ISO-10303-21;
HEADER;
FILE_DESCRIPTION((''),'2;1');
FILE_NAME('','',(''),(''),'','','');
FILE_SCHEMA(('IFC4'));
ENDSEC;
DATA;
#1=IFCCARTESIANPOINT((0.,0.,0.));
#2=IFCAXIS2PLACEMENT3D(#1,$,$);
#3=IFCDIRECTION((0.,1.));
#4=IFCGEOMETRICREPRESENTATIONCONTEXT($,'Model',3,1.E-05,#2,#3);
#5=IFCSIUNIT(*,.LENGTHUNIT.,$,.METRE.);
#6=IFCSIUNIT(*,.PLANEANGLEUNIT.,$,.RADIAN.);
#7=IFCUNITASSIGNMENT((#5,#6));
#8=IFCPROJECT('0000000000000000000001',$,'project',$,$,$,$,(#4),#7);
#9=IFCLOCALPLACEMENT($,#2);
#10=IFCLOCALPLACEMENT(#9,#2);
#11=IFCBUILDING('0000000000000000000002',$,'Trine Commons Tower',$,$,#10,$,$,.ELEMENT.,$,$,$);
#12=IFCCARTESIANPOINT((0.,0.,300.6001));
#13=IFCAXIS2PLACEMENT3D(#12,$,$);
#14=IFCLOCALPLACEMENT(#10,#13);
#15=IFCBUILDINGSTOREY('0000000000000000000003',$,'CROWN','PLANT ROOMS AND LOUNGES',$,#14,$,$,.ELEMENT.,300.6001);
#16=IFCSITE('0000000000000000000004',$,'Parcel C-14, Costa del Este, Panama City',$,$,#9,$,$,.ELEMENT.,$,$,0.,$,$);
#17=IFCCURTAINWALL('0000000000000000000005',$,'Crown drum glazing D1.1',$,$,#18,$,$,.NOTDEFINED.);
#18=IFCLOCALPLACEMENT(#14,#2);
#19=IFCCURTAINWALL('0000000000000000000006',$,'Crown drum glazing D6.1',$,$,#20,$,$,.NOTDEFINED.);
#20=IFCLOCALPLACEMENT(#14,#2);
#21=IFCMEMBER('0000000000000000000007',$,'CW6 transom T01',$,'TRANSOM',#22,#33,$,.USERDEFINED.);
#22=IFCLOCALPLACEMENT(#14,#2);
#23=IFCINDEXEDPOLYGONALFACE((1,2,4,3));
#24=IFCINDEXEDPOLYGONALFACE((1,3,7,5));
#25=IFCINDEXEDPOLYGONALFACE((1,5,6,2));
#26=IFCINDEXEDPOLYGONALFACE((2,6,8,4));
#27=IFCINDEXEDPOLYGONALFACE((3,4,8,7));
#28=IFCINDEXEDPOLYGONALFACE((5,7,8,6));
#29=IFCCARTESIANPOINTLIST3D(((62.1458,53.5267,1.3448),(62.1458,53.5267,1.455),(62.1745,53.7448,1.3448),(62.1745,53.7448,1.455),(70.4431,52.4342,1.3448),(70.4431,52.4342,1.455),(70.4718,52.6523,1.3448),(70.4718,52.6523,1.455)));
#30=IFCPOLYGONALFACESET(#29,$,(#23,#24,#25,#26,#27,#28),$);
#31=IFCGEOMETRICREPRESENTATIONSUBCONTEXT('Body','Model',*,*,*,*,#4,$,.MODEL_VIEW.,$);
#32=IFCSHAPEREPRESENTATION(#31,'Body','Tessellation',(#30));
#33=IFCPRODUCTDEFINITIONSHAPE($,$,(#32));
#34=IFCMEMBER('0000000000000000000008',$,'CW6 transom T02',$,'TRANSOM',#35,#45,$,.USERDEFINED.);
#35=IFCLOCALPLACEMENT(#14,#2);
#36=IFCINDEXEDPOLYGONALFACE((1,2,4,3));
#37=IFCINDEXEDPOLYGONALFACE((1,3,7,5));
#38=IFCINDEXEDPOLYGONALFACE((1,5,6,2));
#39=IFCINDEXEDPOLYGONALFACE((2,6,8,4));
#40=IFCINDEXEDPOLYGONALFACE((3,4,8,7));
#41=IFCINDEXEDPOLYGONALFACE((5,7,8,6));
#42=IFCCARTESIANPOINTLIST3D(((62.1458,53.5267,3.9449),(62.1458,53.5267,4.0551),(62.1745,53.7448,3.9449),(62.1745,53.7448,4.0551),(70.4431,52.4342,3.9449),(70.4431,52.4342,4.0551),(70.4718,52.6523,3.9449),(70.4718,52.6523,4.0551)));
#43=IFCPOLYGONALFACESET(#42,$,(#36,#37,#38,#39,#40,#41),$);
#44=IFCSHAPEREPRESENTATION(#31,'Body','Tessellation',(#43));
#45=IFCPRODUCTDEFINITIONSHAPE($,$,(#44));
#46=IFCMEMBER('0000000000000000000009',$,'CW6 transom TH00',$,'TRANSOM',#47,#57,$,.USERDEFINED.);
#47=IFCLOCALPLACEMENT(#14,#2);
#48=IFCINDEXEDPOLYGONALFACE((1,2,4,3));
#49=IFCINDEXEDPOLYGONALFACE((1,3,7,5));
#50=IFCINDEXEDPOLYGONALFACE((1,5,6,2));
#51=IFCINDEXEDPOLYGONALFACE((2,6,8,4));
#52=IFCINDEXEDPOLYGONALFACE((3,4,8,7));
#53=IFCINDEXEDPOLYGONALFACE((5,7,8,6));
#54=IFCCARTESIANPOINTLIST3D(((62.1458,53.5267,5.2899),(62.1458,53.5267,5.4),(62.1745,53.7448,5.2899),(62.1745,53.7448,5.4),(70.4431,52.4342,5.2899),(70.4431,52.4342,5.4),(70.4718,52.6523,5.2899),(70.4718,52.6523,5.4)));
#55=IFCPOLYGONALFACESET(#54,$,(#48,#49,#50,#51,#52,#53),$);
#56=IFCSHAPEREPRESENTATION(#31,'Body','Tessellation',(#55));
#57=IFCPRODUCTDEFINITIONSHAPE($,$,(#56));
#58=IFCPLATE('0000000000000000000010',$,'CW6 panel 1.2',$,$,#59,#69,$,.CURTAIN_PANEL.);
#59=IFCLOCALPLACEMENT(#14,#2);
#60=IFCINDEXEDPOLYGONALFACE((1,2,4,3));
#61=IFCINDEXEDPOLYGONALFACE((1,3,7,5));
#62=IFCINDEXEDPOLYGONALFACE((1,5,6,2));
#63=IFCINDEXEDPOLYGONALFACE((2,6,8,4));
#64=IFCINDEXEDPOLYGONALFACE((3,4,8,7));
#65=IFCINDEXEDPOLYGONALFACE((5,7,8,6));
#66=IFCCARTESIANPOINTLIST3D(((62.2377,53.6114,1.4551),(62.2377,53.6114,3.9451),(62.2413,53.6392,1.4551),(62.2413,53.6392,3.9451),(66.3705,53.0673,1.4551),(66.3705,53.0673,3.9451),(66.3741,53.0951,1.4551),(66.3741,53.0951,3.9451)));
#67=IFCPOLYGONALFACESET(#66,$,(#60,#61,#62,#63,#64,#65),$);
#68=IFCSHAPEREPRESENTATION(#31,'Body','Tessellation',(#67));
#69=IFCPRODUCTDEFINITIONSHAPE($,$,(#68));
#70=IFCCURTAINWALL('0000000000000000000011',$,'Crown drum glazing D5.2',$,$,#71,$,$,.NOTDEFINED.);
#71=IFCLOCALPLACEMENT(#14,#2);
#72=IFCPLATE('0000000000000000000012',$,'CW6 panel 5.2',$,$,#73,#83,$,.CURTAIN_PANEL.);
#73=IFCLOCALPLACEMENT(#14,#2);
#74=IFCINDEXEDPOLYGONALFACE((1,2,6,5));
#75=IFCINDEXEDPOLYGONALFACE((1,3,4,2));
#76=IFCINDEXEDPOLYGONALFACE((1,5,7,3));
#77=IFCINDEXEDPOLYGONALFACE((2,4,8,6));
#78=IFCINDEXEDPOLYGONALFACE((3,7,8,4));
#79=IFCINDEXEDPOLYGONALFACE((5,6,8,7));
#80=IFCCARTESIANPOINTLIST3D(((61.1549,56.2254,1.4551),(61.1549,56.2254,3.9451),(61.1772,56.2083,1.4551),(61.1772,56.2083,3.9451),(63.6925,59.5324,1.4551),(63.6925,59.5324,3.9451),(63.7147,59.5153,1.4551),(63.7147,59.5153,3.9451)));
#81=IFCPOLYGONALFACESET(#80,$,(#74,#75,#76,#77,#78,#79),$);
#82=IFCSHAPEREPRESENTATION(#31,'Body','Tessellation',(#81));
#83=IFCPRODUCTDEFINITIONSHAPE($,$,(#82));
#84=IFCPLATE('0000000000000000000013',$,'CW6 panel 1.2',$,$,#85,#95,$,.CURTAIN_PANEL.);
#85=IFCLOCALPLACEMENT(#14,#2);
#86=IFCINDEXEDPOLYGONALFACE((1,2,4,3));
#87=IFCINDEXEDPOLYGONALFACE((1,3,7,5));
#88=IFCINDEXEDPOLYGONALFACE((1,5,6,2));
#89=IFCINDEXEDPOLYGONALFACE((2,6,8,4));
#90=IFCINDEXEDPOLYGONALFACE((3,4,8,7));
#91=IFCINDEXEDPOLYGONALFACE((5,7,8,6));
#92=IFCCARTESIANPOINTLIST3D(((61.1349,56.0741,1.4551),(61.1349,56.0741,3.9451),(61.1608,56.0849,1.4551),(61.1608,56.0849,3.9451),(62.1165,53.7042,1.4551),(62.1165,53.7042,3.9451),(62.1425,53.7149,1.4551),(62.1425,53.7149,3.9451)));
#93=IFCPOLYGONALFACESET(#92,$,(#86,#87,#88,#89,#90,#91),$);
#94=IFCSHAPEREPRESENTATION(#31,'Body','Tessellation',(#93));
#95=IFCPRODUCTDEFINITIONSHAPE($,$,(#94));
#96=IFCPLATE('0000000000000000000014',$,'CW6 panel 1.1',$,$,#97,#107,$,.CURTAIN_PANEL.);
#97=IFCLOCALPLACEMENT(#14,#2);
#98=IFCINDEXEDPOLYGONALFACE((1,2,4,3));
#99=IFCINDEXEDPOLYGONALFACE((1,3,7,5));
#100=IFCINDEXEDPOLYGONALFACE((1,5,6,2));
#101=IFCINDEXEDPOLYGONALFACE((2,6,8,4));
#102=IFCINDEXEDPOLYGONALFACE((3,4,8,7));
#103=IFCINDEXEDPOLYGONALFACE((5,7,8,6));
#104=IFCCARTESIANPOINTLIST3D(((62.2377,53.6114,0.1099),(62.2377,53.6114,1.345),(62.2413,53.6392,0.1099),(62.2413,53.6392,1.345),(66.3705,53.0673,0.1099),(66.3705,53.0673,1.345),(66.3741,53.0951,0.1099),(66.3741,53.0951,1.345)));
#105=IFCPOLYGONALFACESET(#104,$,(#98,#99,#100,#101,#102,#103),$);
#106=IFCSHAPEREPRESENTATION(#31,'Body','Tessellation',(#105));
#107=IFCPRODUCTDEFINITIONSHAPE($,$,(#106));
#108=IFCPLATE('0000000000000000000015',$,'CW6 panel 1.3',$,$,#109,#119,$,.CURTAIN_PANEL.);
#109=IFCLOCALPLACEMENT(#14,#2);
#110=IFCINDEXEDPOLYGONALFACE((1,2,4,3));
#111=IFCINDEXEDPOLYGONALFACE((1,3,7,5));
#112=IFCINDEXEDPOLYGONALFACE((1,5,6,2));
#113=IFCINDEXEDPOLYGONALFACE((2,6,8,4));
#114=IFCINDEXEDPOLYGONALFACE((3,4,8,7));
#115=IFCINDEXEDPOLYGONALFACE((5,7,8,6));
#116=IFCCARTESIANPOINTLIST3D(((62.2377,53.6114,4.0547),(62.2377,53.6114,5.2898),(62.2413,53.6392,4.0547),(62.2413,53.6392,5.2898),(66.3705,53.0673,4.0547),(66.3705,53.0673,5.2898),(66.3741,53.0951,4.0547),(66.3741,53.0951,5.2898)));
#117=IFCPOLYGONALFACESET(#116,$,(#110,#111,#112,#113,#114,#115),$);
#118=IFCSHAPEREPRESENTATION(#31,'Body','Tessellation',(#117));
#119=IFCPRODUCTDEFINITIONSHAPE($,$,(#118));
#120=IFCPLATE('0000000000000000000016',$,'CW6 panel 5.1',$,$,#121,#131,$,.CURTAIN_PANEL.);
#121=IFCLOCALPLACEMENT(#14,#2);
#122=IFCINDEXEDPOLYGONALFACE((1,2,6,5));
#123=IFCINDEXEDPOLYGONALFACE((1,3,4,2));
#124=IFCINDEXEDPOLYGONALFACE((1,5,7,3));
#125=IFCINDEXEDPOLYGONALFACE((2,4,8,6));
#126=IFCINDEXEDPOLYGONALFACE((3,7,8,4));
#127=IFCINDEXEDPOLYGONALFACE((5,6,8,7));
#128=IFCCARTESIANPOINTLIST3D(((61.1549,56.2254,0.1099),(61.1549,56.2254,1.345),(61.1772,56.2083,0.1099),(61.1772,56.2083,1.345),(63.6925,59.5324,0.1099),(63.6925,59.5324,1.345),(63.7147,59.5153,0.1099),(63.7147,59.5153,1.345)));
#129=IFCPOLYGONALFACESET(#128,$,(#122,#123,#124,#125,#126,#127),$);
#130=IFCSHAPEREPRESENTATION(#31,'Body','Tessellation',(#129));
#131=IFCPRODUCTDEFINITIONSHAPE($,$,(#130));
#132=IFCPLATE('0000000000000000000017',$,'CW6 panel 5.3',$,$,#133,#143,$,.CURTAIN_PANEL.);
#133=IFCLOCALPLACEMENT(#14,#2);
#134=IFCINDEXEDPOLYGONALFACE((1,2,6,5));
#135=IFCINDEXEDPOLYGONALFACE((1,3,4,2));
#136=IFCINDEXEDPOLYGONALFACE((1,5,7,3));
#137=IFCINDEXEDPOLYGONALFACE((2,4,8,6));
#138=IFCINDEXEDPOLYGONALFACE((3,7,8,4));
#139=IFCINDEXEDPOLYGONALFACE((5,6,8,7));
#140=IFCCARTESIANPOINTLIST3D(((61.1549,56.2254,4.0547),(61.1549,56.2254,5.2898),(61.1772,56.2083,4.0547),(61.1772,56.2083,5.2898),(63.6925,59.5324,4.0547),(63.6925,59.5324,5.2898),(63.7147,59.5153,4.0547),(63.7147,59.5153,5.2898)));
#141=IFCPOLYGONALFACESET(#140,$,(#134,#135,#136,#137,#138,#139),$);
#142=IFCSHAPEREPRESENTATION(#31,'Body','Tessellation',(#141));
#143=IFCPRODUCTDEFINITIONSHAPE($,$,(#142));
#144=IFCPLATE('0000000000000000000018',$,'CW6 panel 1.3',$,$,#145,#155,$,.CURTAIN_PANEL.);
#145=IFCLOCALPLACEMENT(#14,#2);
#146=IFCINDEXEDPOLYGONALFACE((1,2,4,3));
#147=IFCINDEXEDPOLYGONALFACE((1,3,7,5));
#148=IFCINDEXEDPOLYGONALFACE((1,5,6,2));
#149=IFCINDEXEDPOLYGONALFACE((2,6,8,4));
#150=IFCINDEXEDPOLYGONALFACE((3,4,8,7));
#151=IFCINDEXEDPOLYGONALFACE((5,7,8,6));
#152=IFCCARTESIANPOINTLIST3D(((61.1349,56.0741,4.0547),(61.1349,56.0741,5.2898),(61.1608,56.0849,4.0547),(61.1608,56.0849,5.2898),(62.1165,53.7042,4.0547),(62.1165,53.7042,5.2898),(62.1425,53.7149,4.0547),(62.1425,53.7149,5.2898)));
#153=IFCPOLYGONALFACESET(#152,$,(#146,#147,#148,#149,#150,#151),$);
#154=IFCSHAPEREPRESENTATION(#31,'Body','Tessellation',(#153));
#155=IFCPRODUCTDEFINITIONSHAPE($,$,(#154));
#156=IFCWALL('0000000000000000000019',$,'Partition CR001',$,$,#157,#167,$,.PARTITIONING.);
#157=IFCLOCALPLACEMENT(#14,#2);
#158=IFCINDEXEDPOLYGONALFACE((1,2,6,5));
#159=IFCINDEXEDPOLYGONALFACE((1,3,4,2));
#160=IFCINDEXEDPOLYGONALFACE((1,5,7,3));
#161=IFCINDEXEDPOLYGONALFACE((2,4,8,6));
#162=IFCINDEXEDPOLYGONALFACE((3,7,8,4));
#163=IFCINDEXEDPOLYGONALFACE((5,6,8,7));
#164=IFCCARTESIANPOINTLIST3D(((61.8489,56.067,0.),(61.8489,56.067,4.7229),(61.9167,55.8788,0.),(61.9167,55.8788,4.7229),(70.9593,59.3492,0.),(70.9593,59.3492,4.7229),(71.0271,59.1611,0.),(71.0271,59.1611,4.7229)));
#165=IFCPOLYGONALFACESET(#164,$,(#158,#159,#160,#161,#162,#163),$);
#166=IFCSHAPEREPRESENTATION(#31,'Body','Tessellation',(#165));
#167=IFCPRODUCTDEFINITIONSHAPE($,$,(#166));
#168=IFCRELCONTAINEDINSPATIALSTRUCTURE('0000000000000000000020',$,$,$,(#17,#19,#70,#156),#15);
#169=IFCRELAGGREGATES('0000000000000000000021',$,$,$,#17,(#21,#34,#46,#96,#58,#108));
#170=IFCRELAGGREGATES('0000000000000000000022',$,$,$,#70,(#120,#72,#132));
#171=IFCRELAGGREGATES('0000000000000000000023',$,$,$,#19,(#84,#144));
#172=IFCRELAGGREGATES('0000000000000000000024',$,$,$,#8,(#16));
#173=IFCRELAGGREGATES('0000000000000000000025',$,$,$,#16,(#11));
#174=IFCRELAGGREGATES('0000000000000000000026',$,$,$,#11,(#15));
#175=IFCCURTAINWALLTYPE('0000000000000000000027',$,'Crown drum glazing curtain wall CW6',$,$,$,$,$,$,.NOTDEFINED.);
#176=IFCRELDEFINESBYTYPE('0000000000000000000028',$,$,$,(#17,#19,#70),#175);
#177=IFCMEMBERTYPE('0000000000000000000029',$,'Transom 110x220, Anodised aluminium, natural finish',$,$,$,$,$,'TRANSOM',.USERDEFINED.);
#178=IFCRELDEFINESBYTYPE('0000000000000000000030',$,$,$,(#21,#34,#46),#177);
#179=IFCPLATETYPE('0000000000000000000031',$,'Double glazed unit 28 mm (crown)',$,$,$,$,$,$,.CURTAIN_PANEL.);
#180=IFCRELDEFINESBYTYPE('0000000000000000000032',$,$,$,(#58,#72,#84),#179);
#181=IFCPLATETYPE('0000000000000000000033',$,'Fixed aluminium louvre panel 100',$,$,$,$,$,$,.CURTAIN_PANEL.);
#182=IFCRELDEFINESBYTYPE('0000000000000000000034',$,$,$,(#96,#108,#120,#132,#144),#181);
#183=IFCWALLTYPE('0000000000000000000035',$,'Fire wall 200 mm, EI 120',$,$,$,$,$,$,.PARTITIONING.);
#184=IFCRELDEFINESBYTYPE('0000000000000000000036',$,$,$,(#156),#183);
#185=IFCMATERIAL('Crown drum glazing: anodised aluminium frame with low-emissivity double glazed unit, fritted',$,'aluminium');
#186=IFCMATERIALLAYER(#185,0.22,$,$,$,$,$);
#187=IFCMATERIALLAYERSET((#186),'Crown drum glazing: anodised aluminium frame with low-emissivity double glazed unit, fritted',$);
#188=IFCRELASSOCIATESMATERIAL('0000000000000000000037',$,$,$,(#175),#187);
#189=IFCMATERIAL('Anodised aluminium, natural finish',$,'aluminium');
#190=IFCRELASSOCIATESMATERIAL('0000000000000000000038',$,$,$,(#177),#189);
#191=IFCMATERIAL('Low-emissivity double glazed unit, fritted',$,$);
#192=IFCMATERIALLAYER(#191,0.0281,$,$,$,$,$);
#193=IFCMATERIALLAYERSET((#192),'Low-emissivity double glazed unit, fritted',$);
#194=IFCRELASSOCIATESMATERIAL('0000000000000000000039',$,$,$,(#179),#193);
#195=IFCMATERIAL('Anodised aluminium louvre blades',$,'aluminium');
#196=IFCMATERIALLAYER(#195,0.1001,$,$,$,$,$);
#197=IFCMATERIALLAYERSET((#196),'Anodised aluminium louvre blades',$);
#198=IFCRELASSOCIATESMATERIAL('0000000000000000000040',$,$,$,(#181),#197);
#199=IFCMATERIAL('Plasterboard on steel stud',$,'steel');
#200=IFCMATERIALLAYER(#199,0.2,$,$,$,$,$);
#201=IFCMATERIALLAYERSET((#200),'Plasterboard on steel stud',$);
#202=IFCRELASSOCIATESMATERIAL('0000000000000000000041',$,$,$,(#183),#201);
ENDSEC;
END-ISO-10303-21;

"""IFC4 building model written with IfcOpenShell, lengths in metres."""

from ifc_helpers import new_model, si_unit, direction, frame, frame_2d, origin, origin_2d, place, context, subcontext, project, spatial, rectangle, extrude, material, layer, layer_set, material_profile, profile_set, type_object, element, aggregate, save


model = new_model("IFC4")

# Units and contexts
model_context = context("Model", 3, precision=1e-05, world=origin(), true_north=direction((0.0, 1.0)))
body_context = subcontext(model_context, "Body", "Model", "MODEL_VIEW")
ifc_project = project(units=[si_unit("LENGTHUNIT", "METRE"), si_unit("PLANEANGLEUNIT", "RADIAN")], contexts=[model_context])

# Site, building, storey
site_placement = place(None, origin())
site = spatial("IfcSite", under=ifc_project, at=site_placement, Name="Parcel C-14, Costa del Este, Panama City", CompositionType="ELEMENT", RefElevation=0.0)
building_placement = place(site_placement, origin())
building = spatial("IfcBuilding", under=site, at=building_placement, Name="Trine Commons Tower", CompositionType="ELEMENT")
storey_placement = place(building_placement, frame((0.0, 0.0, 300.6001)))
storey = spatial("IfcBuildingStorey", under=building, at=storey_placement, Name="CROWN", Description="PLANT ROOMS AND LOUNGES", CompositionType="ELEMENT", Elevation=300.6001)

# Curtain walls
ifc_material_1 = material(Name="Crown drum glazing: anodised aluminium frame with low-emissivity double glazed unit, fritted", Category="aluminium")
ifc_layer_1 = layer(ifc_material_1, 0.22)
ifc_layer_set_1 = layer_set([ifc_layer_1], Name="Crown drum glazing: anodised aluminium frame with low-emissivity double glazed unit, fritted")
curtain_wall_type = type_object("IfcCurtainWallType", Name="Crown drum glazing curtain wall CW6", PredefinedType="NOTDEFINED", material=ifc_layer_set_1)
curtain_wall_1_placement = place(storey_placement, origin())
curtain_wall_1 = element("IfcCurtainWall", 1, at=curtain_wall_1_placement, inside=storey, type_object=curtain_wall_type, Name="Crown drum glazing D1.1", PredefinedType="NOTDEFINED")
ifc_material_2 = material(Name="Anodised aluminium, natural finish", Category="aluminium")
curtain_wall_2_placement = place(storey_placement, origin())
curtain_wall_2 = element("IfcCurtainWall", 2, at=curtain_wall_2_placement, inside=storey, type_object=curtain_wall_type, Name="Crown drum glazing D6.1", PredefinedType="NOTDEFINED")

# Members
ifc_material_profile_1 = material_profile(ifc_material_2, rectangle(XDim=0.22, YDim=0.1101, at=origin_2d()), Name="Transom 110x220")
ifc_profile_set_1 = profile_set([ifc_material_profile_1], Name="Anodised aluminium, natural finish")
member_type_1 = type_object("IfcMemberType", Name="Transom 110x220, Anodised aluminium, natural finish", ElementType="TRANSOM", PredefinedType="USERDEFINED", material=ifc_profile_set_1)
member_1_placement = place(storey_placement, frame((62.1602, 53.6357, 1.3999), z_axis=(0.991442, -0.130545, 0.0), x_axis=(0.130545, 0.991442, 0.0)))
member_1 = element("IfcMember", 3, at=member_1_placement, type_object=member_type_1, Name="CW6 transom T01", ObjectType="TRANSOM", PredefinedType="USERDEFINED", context=body_context, shape_type="SweptSolid", body=[
    extrude(rectangle(XDim=0.22, YDim=0.1101, at=origin_2d()), origin(), (0.0, 0.0, 1.0), 8.3689),
])
member_2_placement = place(storey_placement, frame((62.1602, 53.6357, 4.0), z_axis=(0.991442, -0.130545, 0.0), x_axis=(0.130545, 0.991442, 0.0)))
member_2 = element("IfcMember", 4, at=member_2_placement, type_object=member_type_1, Name="CW6 transom T02", ObjectType="TRANSOM", PredefinedType="USERDEFINED", context=body_context, shape_type="SweptSolid", body=[
    extrude(rectangle(XDim=0.22, YDim=0.1101, at=origin_2d()), origin(), (0.0, 0.0, 1.0), 8.3689),
])
member_3_placement = place(storey_placement, frame((62.1602, 53.6357, 5.345), z_axis=(0.991442, -0.130545, 0.0), x_axis=(0.130545, 0.991442, 0.0)))
member_3 = element("IfcMember", 5, at=member_3_placement, type_object=member_type_1, Name="CW6 transom TH00", ObjectType="TRANSOM", PredefinedType="USERDEFINED", context=body_context, shape_type="SweptSolid", body=[
    extrude(rectangle(XDim=0.22, YDim=0.1101, at=origin_2d()), origin(), (0.0, 0.0, 1.0), 8.3689),
])

# Plate
ifc_material_3 = material(Name="Low-emissivity double glazed unit, fritted")
ifc_layer_2 = layer(ifc_material_3, 0.0281)
ifc_layer_set_2 = layer_set([ifc_layer_2], Name="Low-emissivity double glazed unit, fritted")
plate_type_1 = type_object("IfcPlateType", Name="Double glazed unit 28 mm (crown)", PredefinedType="CURTAIN_PANEL", material=ifc_layer_set_2)
plate_1_placement = place(storey_placement, frame((64.3059, 53.3533, 1.4551), z_axis=(0.0, 0.0, 1.0), x_axis=(0.991445, -0.130526, 0.0)))
plate_1 = element("IfcPlate", 6, at=plate_1_placement, type_object=plate_type_1, Name="CW6 panel 1.2", PredefinedType="CURTAIN_PANEL", context=body_context, shape_type="SweptSolid", body=[
    extrude(rectangle(XDim=4.1685, YDim=0.0281, at=origin_2d()), origin(), (0.0, 0.0, 1.0), 2.49),
])

# Curtain wall, plate
curtain_wall_3_placement = place(storey_placement, origin())
curtain_wall_3 = element("IfcCurtainWall", 7, at=curtain_wall_3_placement, inside=storey, type_object=curtain_wall_type, Name="Crown drum glazing D5.2", PredefinedType="NOTDEFINED")
plate_2_placement = place(storey_placement, frame((62.4348, 57.8704, 1.4551), z_axis=(0.0, 0.0, 1.0), x_axis=(-0.608761, -0.793353, 0.0)))
plate_2 = element("IfcPlate", 8, at=plate_2_placement, type_object=plate_type_1, Name="CW6 panel 5.2", PredefinedType="CURTAIN_PANEL", context=body_context, shape_type="SweptSolid", body=[
    extrude(rectangle(XDim=4.1685, YDim=0.0281, at=origin_2d()), origin(), (0.0, 0.0, 1.0), 2.49),
])

# Plates
plate_3_placement = place(storey_placement, frame((61.6387, 54.8945, 1.4551), z_axis=(0.0, 0.0, 1.0), x_axis=(0.382683, -0.92388, 0.0)))
plate_3 = element("IfcPlate", 9, at=plate_3_placement, type_object=plate_type_1, Name="CW6 panel 1.2", PredefinedType="CURTAIN_PANEL", context=body_context, shape_type="SweptSolid", body=[
    extrude(rectangle(XDim=2.5652, YDim=0.0281, at=origin_2d()), origin(), (0.0, 0.0, 1.0), 2.49),
])
ifc_material_4 = material(Name="Anodised aluminium louvre blades", Category="aluminium")
ifc_layer_3 = layer(ifc_material_4, 0.1001)
ifc_layer_set_3 = layer_set([ifc_layer_3], Name="Anodised aluminium louvre blades")
plate_type_2 = type_object("IfcPlateType", Name="Fixed aluminium louvre panel 100", PredefinedType="CURTAIN_PANEL", material=ifc_layer_set_3)
plate_4_placement = place(storey_placement, frame((64.3059, 53.3533, 0.1099), z_axis=(0.0, 0.0, 1.0), x_axis=(0.991445, -0.130526, 0.0)))
plate_4 = element("IfcPlate", 10, at=plate_4_placement, type_object=plate_type_2, Name="CW6 panel 1.1", PredefinedType="CURTAIN_PANEL", context=body_context, shape_type="SweptSolid", body=[
    extrude(rectangle(XDim=4.1685, YDim=0.0281, at=origin_2d()), origin(), (0.0, 0.0, 1.0), 1.2351),
])
plate_5_placement = place(storey_placement, frame((64.3059, 53.3533, 4.0547), z_axis=(0.0, 0.0, 1.0), x_axis=(0.991445, -0.130526, 0.0)))
plate_5 = element("IfcPlate", 11, at=plate_5_placement, type_object=plate_type_2, Name="CW6 panel 1.3", PredefinedType="CURTAIN_PANEL", context=body_context, shape_type="SweptSolid", body=[
    extrude(rectangle(XDim=4.1685, YDim=0.0281, at=origin_2d()), origin(), (0.0, 0.0, 1.0), 1.2351),
])
aggregate(curtain_wall_1, [member_1, member_2, member_3, plate_4, plate_1, plate_5])
plate_6_placement = place(storey_placement, frame((62.4348, 57.8704, 0.1099), z_axis=(0.0, 0.0, 1.0), x_axis=(-0.608761, -0.793353, 0.0)))
plate_6 = element("IfcPlate", 12, at=plate_6_placement, type_object=plate_type_2, Name="CW6 panel 5.1", PredefinedType="CURTAIN_PANEL", context=body_context, shape_type="SweptSolid", body=[
    extrude(rectangle(XDim=4.1685, YDim=0.0281, at=origin_2d()), origin(), (0.0, 0.0, 1.0), 1.2351),
])
plate_7_placement = place(storey_placement, frame((62.4348, 57.8704, 4.0547), z_axis=(0.0, 0.0, 1.0), x_axis=(-0.608761, -0.793353, 0.0)))
plate_7 = element("IfcPlate", 13, at=plate_7_placement, type_object=plate_type_2, Name="CW6 panel 5.3", PredefinedType="CURTAIN_PANEL", context=body_context, shape_type="SweptSolid", body=[
    extrude(rectangle(XDim=4.1685, YDim=0.0281, at=origin_2d()), origin(), (0.0, 0.0, 1.0), 1.2351),
])
aggregate(curtain_wall_3, [plate_6, plate_2, plate_7])
plate_8_placement = place(storey_placement, frame((61.6387, 54.8945, 4.0547), z_axis=(0.0, 0.0, 1.0), x_axis=(0.382683, -0.92388, 0.0)))
plate_8 = element("IfcPlate", 14, at=plate_8_placement, type_object=plate_type_2, Name="CW6 panel 1.3", PredefinedType="CURTAIN_PANEL", context=body_context, shape_type="SweptSolid", body=[
    extrude(rectangle(XDim=2.5652, YDim=0.0281, at=origin_2d()), origin(), (0.0, 0.0, 1.0), 1.2351),
])
aggregate(curtain_wall_2, [plate_3, plate_8])

# Wall
ifc_material_5 = material(Name="Plasterboard on steel stud", Category="steel")
ifc_layer_4 = layer(ifc_material_5, 0.2)
ifc_layer_set_4 = layer_set([ifc_layer_4], Name="Plasterboard on steel stud")
wall_type_1 = type_object("IfcWallType", Name="Fire wall 200 mm, EI 120", PredefinedType="PARTITIONING", material=ifc_layer_set_4)
wall_1_placement = place(storey_placement, frame((61.8828, 55.9729, 0.0), z_axis=(0.0, 0.0, 1.0), x_axis=(0.940805, 0.338948, 0.0)))
element("IfcWall", 15, at=wall_1_placement, inside=storey, type_object=wall_type_1, Name="Partition CR001", PredefinedType="PARTITIONING", context=body_context, shape_type="SweptSolid", body=[
    extrude(rectangle(XDim=9.6836, YDim=0.2, at=frame_2d((4.8418, 0.0))), origin(), (0.0, 0.0, 1.0), 4.7229),
])

save(model, "model.ifc")
